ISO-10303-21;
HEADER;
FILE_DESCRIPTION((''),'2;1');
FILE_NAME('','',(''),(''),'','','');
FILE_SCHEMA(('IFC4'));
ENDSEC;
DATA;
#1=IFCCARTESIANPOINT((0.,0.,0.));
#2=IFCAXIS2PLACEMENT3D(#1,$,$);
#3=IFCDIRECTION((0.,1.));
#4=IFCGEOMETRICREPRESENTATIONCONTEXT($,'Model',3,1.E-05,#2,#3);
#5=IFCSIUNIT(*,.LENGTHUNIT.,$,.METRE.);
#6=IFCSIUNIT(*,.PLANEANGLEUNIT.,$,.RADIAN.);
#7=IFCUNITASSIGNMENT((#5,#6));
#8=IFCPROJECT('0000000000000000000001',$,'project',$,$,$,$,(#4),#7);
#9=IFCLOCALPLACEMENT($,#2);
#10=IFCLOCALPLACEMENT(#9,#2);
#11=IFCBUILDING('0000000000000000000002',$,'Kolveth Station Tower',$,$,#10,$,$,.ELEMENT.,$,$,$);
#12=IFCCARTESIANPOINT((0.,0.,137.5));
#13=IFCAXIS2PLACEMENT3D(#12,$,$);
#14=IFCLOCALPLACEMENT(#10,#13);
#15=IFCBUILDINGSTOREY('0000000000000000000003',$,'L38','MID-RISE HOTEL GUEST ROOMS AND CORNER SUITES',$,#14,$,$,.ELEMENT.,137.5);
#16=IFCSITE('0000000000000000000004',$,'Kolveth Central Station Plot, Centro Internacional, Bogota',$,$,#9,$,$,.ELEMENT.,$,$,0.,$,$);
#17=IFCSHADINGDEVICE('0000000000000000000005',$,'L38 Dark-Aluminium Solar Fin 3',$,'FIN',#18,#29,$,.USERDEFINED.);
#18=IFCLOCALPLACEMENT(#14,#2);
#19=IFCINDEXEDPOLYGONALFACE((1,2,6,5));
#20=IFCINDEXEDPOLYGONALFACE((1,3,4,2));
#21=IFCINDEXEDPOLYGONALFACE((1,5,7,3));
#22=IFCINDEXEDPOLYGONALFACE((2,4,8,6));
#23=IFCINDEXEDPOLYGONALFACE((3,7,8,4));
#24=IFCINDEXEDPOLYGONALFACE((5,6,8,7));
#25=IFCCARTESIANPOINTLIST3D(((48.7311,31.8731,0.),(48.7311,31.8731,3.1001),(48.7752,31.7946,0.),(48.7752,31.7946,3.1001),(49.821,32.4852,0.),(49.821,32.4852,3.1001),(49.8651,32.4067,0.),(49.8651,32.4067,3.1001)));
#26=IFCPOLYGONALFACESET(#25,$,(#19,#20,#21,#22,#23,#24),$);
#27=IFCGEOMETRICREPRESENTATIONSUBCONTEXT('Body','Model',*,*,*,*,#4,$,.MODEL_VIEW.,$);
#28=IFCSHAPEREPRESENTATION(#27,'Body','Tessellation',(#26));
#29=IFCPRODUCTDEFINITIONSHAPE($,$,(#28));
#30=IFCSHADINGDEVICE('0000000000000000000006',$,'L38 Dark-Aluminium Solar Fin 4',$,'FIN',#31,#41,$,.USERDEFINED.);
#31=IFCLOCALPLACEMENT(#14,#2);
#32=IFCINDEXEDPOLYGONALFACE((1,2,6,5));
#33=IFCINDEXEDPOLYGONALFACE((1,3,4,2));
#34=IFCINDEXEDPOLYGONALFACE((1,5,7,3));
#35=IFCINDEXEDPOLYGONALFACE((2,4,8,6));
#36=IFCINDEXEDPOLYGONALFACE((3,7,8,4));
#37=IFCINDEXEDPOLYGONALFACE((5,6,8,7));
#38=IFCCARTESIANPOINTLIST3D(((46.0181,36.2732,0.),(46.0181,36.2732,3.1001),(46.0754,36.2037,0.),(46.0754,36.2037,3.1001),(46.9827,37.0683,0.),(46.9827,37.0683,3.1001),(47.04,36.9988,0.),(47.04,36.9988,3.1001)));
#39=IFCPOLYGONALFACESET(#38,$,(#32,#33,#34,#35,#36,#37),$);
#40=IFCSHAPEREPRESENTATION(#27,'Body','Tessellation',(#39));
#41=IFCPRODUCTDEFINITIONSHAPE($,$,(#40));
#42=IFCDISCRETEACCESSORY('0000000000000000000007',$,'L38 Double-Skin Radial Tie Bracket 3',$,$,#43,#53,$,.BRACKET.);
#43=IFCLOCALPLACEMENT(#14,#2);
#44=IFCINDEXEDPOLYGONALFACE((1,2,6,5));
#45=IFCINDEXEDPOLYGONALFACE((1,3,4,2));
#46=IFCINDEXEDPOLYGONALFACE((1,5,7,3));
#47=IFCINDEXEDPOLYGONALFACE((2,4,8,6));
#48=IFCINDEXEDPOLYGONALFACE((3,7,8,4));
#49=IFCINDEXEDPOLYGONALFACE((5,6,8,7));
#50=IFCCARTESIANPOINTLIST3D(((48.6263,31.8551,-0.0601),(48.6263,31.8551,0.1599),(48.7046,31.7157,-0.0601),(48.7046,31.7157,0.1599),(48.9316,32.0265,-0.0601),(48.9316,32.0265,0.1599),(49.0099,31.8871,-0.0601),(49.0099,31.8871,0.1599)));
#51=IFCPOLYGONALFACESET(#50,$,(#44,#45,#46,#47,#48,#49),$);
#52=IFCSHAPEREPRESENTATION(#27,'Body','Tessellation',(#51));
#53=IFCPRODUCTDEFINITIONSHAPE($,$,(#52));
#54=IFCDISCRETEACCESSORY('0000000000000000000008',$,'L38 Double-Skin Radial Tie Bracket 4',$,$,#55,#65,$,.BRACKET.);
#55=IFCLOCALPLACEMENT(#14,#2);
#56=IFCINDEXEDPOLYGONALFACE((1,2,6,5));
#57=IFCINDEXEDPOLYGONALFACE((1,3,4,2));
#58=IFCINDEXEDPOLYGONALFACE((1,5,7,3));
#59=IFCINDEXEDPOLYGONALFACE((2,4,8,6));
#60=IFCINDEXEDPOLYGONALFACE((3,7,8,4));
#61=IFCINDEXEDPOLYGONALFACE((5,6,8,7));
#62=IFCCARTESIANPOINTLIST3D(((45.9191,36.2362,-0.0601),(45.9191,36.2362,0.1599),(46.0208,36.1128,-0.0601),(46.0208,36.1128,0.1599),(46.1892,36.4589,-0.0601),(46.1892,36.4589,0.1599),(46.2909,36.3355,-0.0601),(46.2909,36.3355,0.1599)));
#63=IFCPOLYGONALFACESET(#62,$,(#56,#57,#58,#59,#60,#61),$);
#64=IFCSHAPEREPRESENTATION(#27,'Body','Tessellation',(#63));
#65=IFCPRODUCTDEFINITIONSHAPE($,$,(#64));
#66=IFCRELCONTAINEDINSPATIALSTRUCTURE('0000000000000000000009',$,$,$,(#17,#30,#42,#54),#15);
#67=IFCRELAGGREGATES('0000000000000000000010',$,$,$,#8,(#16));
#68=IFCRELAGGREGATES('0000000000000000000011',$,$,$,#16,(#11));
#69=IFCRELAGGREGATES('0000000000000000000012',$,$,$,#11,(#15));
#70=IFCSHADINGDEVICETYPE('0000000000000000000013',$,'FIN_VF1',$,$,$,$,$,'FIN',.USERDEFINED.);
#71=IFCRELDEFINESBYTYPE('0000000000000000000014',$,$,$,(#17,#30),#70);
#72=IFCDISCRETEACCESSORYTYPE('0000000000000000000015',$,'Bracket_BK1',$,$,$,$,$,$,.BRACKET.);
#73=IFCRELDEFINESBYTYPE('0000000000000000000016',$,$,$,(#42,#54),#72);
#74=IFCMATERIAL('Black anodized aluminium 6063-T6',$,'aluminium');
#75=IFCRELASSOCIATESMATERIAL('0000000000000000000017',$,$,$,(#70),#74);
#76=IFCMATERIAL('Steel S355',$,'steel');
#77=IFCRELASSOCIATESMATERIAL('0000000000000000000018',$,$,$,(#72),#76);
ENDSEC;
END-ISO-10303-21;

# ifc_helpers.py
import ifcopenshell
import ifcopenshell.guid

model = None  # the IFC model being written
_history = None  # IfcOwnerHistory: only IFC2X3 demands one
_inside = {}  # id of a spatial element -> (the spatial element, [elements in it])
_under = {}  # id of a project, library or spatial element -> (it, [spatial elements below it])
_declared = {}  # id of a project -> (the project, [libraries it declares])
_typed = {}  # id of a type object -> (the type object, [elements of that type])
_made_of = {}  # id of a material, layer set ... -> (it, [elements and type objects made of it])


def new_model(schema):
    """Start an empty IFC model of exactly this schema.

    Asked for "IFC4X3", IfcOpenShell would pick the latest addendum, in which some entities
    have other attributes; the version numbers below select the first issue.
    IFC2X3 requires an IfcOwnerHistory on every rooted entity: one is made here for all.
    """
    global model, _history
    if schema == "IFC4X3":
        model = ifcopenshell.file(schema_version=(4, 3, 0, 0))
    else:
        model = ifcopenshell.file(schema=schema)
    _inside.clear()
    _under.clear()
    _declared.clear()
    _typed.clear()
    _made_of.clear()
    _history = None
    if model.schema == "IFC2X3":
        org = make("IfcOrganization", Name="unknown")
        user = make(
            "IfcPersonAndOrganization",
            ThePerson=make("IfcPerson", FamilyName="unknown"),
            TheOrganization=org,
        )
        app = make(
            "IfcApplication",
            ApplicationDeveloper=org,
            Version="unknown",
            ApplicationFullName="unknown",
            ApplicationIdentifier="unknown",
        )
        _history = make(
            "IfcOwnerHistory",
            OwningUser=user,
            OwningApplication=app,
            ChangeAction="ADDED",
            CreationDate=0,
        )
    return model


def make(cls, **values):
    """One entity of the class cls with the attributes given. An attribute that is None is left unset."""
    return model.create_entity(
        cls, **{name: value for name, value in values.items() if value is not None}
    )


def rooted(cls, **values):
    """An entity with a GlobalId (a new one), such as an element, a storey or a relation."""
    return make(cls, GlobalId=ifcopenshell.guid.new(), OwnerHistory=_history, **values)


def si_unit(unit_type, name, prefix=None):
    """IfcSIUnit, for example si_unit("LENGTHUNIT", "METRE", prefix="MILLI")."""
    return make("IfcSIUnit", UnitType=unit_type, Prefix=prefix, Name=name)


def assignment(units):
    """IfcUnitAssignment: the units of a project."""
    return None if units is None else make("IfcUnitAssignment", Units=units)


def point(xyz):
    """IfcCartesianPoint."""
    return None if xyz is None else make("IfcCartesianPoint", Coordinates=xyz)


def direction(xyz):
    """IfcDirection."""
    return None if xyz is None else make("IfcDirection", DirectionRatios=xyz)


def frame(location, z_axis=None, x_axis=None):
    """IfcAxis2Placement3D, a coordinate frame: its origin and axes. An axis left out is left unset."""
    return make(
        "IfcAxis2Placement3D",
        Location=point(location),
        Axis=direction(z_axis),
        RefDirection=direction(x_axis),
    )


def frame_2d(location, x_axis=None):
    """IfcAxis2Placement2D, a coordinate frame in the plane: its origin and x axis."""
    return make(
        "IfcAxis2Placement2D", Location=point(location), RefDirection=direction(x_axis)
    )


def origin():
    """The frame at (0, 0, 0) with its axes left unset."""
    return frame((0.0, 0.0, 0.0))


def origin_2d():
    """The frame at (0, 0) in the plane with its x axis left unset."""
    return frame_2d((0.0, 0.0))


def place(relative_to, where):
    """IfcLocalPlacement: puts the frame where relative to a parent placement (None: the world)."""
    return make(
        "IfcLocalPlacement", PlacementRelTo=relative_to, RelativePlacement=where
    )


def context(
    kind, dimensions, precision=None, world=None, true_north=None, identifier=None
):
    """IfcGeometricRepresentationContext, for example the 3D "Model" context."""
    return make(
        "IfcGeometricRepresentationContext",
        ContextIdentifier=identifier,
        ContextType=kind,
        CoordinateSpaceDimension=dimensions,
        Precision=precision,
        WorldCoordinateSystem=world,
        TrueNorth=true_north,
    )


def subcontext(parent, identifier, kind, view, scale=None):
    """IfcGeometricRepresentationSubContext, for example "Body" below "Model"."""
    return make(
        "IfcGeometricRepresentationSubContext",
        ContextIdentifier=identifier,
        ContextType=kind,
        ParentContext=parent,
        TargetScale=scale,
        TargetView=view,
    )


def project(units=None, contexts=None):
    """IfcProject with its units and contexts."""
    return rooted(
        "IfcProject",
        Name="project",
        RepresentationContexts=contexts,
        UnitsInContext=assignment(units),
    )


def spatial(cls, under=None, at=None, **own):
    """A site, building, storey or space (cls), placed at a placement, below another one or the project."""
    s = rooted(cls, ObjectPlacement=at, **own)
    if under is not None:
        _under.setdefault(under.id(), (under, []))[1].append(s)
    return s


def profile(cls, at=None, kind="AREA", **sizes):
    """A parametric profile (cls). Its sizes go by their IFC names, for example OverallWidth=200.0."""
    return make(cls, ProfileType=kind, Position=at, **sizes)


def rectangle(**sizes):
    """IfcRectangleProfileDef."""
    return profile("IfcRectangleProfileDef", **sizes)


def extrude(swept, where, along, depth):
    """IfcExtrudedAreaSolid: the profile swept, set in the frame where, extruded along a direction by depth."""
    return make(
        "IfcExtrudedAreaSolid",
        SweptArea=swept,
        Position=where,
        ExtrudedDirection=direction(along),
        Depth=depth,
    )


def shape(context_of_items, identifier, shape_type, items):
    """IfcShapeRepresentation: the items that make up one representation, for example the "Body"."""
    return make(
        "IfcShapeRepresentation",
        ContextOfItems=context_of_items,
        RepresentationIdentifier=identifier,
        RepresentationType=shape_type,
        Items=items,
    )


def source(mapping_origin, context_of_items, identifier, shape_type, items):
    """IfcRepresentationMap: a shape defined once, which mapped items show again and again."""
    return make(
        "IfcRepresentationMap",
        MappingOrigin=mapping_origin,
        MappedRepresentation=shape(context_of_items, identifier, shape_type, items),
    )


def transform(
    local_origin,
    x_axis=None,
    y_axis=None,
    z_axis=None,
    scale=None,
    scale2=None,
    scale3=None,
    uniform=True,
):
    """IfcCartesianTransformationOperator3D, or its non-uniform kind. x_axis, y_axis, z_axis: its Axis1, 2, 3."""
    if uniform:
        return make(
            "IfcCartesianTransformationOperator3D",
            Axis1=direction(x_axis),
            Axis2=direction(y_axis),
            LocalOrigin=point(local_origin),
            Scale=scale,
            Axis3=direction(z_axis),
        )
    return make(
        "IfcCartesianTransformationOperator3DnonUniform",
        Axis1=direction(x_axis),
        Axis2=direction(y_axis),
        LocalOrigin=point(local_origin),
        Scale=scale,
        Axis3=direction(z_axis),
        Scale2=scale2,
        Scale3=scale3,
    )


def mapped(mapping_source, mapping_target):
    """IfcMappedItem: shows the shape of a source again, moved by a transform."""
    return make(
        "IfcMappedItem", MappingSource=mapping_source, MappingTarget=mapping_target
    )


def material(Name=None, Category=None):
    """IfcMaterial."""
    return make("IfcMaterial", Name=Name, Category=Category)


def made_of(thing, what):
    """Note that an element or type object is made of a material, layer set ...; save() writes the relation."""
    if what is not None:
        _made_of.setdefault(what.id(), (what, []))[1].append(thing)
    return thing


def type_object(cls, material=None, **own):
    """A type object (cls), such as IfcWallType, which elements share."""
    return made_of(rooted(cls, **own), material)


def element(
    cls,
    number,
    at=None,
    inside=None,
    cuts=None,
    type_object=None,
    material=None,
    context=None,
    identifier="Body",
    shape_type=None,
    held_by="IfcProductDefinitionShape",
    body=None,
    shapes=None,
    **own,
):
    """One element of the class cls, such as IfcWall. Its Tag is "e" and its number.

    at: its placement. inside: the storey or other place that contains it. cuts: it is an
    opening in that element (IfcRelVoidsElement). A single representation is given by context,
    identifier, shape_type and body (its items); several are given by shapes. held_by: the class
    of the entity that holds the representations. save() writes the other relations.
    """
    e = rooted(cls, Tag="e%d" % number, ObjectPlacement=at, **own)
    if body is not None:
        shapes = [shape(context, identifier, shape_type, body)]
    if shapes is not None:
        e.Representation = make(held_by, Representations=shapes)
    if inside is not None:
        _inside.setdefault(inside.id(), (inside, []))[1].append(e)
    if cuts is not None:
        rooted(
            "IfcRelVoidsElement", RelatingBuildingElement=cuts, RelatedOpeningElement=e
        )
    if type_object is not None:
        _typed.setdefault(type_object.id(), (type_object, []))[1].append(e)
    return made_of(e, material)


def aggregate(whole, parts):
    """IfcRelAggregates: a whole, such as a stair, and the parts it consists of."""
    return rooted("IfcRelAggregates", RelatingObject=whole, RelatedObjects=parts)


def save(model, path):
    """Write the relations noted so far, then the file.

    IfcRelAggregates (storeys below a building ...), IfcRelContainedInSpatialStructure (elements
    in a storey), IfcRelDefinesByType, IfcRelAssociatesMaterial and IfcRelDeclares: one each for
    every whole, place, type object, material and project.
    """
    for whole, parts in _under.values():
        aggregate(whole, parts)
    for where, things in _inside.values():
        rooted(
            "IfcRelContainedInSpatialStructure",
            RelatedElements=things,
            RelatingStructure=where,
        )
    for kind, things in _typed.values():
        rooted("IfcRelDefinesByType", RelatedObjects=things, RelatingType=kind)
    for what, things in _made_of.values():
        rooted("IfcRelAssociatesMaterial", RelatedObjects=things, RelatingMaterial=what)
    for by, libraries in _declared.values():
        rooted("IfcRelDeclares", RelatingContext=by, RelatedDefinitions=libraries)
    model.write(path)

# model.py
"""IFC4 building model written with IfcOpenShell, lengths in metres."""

from ifc_helpers import new_model, si_unit, direction, frame, origin, origin_2d, place, context, subcontext, project, spatial, rectangle, extrude, source, transform, mapped, material, type_object, element, save


model = new_model("IFC4")

# Units and contexts
model_context = context("Model", 3, precision=1e-05, world=origin(), true_north=direction((0.0, 1.0)))
body_context = subcontext(model_context, "Body", "Model", "MODEL_VIEW")
ifc_project = project(units=[si_unit("LENGTHUNIT", "METRE"), si_unit("PLANEANGLEUNIT", "RADIAN")], contexts=[model_context])

# Site, building, storey
site_placement = place(None, origin())
site = spatial("IfcSite", under=ifc_project, at=site_placement, Name="Kolveth Central Station Plot, Centro Internacional, Bogota", CompositionType="ELEMENT", RefElevation=0.0)
building_placement = place(site_placement, origin())
building = spatial("IfcBuilding", under=site, at=building_placement, Name="Kolveth Station Tower", CompositionType="ELEMENT")
storey_placement = place(building_placement, frame((0.0, 0.0, 137.5)))
storey = spatial("IfcBuildingStorey", under=building, at=storey_placement, Name="L38", Description="MID-RISE HOTEL GUEST ROOMS AND CORNER SUITES", CompositionType="ELEMENT", Elevation=137.5)

# Shared definitions
ifc_material_1 = material(Name="Black anodized aluminium 6063-T6", Category="aluminium")

# Shading devices
shading_device_type = type_object("IfcShadingDeviceType", Name="FIN_VF1", ElementType="FIN", PredefinedType="USERDEFINED", material=ifc_material_1)
shared_shape_1 = source(origin(), body_context, "Body", "SweptSolid", [
    extrude(rectangle(XDim=1.25, YDim=0.0901, at=origin_2d()), origin(), (0.0, 0.0, 1.0), 3.1001),
])
for number, where, z_axis, x_axis, name in (
    (1, (49.2981, 32.1399, 0.0), (0.0, 0.0, 1.0), (0.871898, 0.489687, 0.0), "L38 Dark-Aluminium Solar Fin 3"),
    (2, (46.5291, 36.636, 0.0), (0.0, 0.0, 1.0), (0.771625, 0.636078, 0.0), "L38 Dark-Aluminium Solar Fin 4"),
):
    element("IfcShadingDevice", number, at=place(storey_placement, frame(where, z_axis=z_axis, x_axis=x_axis)), inside=storey, type_object=shading_device_type, Name=name, ObjectType="FIN", PredefinedType="USERDEFINED", context=body_context, shape_type="MappedRepresentation", body=[
        mapped(shared_shape_1, transform((0.0, 0.0, 0.0), x_axis=(1.0, 0.0, 0.0), y_axis=(0.0, 1.0, 0.0), z_axis=(0.0, 0.0, 1.0), scale=1.0)),
    ])

# Discrete accessories
ifc_material_2 = material(Name="Steel S355", Category="steel")
discrete_accessory_type = type_object("IfcDiscreteAccessoryType", Name="Bracket_BK1", PredefinedType="BRACKET", material=ifc_material_2)
shared_shape_2 = source(origin(), body_context, "Body", "SweptSolid", [
    extrude(rectangle(XDim=0.3501, YDim=0.1599, at=origin_2d()), origin(), (0.0, 0.0, 1.0), 0.22),
])
for number, where, z_axis, x_axis, name in (
    (3, (48.8181, 31.8711, -0.0601), (0.0, 0.0, 1.0), (0.871898, 0.489687, 0.0), "L38 Double-Skin Radial Tie Bracket 3"),
    (4, (46.105, 36.2859, -0.0601), (0.0, 0.0, 1.0), (0.771625, 0.636078, 0.0), "L38 Double-Skin Radial Tie Bracket 4"),
):
    element("IfcDiscreteAccessory", number, at=place(storey_placement, frame(where, z_axis=z_axis, x_axis=x_axis)), inside=storey, type_object=discrete_accessory_type, Name=name, PredefinedType="BRACKET", context=body_context, shape_type="MappedRepresentation", body=[
        mapped(shared_shape_2, transform((0.0, 0.0, 0.0), x_axis=(1.0, 0.0, 0.0), y_axis=(0.0, 1.0, 0.0), z_axis=(0.0, 0.0, 1.0), scale=1.0)),
    ])

save(model, "model.ifc")
